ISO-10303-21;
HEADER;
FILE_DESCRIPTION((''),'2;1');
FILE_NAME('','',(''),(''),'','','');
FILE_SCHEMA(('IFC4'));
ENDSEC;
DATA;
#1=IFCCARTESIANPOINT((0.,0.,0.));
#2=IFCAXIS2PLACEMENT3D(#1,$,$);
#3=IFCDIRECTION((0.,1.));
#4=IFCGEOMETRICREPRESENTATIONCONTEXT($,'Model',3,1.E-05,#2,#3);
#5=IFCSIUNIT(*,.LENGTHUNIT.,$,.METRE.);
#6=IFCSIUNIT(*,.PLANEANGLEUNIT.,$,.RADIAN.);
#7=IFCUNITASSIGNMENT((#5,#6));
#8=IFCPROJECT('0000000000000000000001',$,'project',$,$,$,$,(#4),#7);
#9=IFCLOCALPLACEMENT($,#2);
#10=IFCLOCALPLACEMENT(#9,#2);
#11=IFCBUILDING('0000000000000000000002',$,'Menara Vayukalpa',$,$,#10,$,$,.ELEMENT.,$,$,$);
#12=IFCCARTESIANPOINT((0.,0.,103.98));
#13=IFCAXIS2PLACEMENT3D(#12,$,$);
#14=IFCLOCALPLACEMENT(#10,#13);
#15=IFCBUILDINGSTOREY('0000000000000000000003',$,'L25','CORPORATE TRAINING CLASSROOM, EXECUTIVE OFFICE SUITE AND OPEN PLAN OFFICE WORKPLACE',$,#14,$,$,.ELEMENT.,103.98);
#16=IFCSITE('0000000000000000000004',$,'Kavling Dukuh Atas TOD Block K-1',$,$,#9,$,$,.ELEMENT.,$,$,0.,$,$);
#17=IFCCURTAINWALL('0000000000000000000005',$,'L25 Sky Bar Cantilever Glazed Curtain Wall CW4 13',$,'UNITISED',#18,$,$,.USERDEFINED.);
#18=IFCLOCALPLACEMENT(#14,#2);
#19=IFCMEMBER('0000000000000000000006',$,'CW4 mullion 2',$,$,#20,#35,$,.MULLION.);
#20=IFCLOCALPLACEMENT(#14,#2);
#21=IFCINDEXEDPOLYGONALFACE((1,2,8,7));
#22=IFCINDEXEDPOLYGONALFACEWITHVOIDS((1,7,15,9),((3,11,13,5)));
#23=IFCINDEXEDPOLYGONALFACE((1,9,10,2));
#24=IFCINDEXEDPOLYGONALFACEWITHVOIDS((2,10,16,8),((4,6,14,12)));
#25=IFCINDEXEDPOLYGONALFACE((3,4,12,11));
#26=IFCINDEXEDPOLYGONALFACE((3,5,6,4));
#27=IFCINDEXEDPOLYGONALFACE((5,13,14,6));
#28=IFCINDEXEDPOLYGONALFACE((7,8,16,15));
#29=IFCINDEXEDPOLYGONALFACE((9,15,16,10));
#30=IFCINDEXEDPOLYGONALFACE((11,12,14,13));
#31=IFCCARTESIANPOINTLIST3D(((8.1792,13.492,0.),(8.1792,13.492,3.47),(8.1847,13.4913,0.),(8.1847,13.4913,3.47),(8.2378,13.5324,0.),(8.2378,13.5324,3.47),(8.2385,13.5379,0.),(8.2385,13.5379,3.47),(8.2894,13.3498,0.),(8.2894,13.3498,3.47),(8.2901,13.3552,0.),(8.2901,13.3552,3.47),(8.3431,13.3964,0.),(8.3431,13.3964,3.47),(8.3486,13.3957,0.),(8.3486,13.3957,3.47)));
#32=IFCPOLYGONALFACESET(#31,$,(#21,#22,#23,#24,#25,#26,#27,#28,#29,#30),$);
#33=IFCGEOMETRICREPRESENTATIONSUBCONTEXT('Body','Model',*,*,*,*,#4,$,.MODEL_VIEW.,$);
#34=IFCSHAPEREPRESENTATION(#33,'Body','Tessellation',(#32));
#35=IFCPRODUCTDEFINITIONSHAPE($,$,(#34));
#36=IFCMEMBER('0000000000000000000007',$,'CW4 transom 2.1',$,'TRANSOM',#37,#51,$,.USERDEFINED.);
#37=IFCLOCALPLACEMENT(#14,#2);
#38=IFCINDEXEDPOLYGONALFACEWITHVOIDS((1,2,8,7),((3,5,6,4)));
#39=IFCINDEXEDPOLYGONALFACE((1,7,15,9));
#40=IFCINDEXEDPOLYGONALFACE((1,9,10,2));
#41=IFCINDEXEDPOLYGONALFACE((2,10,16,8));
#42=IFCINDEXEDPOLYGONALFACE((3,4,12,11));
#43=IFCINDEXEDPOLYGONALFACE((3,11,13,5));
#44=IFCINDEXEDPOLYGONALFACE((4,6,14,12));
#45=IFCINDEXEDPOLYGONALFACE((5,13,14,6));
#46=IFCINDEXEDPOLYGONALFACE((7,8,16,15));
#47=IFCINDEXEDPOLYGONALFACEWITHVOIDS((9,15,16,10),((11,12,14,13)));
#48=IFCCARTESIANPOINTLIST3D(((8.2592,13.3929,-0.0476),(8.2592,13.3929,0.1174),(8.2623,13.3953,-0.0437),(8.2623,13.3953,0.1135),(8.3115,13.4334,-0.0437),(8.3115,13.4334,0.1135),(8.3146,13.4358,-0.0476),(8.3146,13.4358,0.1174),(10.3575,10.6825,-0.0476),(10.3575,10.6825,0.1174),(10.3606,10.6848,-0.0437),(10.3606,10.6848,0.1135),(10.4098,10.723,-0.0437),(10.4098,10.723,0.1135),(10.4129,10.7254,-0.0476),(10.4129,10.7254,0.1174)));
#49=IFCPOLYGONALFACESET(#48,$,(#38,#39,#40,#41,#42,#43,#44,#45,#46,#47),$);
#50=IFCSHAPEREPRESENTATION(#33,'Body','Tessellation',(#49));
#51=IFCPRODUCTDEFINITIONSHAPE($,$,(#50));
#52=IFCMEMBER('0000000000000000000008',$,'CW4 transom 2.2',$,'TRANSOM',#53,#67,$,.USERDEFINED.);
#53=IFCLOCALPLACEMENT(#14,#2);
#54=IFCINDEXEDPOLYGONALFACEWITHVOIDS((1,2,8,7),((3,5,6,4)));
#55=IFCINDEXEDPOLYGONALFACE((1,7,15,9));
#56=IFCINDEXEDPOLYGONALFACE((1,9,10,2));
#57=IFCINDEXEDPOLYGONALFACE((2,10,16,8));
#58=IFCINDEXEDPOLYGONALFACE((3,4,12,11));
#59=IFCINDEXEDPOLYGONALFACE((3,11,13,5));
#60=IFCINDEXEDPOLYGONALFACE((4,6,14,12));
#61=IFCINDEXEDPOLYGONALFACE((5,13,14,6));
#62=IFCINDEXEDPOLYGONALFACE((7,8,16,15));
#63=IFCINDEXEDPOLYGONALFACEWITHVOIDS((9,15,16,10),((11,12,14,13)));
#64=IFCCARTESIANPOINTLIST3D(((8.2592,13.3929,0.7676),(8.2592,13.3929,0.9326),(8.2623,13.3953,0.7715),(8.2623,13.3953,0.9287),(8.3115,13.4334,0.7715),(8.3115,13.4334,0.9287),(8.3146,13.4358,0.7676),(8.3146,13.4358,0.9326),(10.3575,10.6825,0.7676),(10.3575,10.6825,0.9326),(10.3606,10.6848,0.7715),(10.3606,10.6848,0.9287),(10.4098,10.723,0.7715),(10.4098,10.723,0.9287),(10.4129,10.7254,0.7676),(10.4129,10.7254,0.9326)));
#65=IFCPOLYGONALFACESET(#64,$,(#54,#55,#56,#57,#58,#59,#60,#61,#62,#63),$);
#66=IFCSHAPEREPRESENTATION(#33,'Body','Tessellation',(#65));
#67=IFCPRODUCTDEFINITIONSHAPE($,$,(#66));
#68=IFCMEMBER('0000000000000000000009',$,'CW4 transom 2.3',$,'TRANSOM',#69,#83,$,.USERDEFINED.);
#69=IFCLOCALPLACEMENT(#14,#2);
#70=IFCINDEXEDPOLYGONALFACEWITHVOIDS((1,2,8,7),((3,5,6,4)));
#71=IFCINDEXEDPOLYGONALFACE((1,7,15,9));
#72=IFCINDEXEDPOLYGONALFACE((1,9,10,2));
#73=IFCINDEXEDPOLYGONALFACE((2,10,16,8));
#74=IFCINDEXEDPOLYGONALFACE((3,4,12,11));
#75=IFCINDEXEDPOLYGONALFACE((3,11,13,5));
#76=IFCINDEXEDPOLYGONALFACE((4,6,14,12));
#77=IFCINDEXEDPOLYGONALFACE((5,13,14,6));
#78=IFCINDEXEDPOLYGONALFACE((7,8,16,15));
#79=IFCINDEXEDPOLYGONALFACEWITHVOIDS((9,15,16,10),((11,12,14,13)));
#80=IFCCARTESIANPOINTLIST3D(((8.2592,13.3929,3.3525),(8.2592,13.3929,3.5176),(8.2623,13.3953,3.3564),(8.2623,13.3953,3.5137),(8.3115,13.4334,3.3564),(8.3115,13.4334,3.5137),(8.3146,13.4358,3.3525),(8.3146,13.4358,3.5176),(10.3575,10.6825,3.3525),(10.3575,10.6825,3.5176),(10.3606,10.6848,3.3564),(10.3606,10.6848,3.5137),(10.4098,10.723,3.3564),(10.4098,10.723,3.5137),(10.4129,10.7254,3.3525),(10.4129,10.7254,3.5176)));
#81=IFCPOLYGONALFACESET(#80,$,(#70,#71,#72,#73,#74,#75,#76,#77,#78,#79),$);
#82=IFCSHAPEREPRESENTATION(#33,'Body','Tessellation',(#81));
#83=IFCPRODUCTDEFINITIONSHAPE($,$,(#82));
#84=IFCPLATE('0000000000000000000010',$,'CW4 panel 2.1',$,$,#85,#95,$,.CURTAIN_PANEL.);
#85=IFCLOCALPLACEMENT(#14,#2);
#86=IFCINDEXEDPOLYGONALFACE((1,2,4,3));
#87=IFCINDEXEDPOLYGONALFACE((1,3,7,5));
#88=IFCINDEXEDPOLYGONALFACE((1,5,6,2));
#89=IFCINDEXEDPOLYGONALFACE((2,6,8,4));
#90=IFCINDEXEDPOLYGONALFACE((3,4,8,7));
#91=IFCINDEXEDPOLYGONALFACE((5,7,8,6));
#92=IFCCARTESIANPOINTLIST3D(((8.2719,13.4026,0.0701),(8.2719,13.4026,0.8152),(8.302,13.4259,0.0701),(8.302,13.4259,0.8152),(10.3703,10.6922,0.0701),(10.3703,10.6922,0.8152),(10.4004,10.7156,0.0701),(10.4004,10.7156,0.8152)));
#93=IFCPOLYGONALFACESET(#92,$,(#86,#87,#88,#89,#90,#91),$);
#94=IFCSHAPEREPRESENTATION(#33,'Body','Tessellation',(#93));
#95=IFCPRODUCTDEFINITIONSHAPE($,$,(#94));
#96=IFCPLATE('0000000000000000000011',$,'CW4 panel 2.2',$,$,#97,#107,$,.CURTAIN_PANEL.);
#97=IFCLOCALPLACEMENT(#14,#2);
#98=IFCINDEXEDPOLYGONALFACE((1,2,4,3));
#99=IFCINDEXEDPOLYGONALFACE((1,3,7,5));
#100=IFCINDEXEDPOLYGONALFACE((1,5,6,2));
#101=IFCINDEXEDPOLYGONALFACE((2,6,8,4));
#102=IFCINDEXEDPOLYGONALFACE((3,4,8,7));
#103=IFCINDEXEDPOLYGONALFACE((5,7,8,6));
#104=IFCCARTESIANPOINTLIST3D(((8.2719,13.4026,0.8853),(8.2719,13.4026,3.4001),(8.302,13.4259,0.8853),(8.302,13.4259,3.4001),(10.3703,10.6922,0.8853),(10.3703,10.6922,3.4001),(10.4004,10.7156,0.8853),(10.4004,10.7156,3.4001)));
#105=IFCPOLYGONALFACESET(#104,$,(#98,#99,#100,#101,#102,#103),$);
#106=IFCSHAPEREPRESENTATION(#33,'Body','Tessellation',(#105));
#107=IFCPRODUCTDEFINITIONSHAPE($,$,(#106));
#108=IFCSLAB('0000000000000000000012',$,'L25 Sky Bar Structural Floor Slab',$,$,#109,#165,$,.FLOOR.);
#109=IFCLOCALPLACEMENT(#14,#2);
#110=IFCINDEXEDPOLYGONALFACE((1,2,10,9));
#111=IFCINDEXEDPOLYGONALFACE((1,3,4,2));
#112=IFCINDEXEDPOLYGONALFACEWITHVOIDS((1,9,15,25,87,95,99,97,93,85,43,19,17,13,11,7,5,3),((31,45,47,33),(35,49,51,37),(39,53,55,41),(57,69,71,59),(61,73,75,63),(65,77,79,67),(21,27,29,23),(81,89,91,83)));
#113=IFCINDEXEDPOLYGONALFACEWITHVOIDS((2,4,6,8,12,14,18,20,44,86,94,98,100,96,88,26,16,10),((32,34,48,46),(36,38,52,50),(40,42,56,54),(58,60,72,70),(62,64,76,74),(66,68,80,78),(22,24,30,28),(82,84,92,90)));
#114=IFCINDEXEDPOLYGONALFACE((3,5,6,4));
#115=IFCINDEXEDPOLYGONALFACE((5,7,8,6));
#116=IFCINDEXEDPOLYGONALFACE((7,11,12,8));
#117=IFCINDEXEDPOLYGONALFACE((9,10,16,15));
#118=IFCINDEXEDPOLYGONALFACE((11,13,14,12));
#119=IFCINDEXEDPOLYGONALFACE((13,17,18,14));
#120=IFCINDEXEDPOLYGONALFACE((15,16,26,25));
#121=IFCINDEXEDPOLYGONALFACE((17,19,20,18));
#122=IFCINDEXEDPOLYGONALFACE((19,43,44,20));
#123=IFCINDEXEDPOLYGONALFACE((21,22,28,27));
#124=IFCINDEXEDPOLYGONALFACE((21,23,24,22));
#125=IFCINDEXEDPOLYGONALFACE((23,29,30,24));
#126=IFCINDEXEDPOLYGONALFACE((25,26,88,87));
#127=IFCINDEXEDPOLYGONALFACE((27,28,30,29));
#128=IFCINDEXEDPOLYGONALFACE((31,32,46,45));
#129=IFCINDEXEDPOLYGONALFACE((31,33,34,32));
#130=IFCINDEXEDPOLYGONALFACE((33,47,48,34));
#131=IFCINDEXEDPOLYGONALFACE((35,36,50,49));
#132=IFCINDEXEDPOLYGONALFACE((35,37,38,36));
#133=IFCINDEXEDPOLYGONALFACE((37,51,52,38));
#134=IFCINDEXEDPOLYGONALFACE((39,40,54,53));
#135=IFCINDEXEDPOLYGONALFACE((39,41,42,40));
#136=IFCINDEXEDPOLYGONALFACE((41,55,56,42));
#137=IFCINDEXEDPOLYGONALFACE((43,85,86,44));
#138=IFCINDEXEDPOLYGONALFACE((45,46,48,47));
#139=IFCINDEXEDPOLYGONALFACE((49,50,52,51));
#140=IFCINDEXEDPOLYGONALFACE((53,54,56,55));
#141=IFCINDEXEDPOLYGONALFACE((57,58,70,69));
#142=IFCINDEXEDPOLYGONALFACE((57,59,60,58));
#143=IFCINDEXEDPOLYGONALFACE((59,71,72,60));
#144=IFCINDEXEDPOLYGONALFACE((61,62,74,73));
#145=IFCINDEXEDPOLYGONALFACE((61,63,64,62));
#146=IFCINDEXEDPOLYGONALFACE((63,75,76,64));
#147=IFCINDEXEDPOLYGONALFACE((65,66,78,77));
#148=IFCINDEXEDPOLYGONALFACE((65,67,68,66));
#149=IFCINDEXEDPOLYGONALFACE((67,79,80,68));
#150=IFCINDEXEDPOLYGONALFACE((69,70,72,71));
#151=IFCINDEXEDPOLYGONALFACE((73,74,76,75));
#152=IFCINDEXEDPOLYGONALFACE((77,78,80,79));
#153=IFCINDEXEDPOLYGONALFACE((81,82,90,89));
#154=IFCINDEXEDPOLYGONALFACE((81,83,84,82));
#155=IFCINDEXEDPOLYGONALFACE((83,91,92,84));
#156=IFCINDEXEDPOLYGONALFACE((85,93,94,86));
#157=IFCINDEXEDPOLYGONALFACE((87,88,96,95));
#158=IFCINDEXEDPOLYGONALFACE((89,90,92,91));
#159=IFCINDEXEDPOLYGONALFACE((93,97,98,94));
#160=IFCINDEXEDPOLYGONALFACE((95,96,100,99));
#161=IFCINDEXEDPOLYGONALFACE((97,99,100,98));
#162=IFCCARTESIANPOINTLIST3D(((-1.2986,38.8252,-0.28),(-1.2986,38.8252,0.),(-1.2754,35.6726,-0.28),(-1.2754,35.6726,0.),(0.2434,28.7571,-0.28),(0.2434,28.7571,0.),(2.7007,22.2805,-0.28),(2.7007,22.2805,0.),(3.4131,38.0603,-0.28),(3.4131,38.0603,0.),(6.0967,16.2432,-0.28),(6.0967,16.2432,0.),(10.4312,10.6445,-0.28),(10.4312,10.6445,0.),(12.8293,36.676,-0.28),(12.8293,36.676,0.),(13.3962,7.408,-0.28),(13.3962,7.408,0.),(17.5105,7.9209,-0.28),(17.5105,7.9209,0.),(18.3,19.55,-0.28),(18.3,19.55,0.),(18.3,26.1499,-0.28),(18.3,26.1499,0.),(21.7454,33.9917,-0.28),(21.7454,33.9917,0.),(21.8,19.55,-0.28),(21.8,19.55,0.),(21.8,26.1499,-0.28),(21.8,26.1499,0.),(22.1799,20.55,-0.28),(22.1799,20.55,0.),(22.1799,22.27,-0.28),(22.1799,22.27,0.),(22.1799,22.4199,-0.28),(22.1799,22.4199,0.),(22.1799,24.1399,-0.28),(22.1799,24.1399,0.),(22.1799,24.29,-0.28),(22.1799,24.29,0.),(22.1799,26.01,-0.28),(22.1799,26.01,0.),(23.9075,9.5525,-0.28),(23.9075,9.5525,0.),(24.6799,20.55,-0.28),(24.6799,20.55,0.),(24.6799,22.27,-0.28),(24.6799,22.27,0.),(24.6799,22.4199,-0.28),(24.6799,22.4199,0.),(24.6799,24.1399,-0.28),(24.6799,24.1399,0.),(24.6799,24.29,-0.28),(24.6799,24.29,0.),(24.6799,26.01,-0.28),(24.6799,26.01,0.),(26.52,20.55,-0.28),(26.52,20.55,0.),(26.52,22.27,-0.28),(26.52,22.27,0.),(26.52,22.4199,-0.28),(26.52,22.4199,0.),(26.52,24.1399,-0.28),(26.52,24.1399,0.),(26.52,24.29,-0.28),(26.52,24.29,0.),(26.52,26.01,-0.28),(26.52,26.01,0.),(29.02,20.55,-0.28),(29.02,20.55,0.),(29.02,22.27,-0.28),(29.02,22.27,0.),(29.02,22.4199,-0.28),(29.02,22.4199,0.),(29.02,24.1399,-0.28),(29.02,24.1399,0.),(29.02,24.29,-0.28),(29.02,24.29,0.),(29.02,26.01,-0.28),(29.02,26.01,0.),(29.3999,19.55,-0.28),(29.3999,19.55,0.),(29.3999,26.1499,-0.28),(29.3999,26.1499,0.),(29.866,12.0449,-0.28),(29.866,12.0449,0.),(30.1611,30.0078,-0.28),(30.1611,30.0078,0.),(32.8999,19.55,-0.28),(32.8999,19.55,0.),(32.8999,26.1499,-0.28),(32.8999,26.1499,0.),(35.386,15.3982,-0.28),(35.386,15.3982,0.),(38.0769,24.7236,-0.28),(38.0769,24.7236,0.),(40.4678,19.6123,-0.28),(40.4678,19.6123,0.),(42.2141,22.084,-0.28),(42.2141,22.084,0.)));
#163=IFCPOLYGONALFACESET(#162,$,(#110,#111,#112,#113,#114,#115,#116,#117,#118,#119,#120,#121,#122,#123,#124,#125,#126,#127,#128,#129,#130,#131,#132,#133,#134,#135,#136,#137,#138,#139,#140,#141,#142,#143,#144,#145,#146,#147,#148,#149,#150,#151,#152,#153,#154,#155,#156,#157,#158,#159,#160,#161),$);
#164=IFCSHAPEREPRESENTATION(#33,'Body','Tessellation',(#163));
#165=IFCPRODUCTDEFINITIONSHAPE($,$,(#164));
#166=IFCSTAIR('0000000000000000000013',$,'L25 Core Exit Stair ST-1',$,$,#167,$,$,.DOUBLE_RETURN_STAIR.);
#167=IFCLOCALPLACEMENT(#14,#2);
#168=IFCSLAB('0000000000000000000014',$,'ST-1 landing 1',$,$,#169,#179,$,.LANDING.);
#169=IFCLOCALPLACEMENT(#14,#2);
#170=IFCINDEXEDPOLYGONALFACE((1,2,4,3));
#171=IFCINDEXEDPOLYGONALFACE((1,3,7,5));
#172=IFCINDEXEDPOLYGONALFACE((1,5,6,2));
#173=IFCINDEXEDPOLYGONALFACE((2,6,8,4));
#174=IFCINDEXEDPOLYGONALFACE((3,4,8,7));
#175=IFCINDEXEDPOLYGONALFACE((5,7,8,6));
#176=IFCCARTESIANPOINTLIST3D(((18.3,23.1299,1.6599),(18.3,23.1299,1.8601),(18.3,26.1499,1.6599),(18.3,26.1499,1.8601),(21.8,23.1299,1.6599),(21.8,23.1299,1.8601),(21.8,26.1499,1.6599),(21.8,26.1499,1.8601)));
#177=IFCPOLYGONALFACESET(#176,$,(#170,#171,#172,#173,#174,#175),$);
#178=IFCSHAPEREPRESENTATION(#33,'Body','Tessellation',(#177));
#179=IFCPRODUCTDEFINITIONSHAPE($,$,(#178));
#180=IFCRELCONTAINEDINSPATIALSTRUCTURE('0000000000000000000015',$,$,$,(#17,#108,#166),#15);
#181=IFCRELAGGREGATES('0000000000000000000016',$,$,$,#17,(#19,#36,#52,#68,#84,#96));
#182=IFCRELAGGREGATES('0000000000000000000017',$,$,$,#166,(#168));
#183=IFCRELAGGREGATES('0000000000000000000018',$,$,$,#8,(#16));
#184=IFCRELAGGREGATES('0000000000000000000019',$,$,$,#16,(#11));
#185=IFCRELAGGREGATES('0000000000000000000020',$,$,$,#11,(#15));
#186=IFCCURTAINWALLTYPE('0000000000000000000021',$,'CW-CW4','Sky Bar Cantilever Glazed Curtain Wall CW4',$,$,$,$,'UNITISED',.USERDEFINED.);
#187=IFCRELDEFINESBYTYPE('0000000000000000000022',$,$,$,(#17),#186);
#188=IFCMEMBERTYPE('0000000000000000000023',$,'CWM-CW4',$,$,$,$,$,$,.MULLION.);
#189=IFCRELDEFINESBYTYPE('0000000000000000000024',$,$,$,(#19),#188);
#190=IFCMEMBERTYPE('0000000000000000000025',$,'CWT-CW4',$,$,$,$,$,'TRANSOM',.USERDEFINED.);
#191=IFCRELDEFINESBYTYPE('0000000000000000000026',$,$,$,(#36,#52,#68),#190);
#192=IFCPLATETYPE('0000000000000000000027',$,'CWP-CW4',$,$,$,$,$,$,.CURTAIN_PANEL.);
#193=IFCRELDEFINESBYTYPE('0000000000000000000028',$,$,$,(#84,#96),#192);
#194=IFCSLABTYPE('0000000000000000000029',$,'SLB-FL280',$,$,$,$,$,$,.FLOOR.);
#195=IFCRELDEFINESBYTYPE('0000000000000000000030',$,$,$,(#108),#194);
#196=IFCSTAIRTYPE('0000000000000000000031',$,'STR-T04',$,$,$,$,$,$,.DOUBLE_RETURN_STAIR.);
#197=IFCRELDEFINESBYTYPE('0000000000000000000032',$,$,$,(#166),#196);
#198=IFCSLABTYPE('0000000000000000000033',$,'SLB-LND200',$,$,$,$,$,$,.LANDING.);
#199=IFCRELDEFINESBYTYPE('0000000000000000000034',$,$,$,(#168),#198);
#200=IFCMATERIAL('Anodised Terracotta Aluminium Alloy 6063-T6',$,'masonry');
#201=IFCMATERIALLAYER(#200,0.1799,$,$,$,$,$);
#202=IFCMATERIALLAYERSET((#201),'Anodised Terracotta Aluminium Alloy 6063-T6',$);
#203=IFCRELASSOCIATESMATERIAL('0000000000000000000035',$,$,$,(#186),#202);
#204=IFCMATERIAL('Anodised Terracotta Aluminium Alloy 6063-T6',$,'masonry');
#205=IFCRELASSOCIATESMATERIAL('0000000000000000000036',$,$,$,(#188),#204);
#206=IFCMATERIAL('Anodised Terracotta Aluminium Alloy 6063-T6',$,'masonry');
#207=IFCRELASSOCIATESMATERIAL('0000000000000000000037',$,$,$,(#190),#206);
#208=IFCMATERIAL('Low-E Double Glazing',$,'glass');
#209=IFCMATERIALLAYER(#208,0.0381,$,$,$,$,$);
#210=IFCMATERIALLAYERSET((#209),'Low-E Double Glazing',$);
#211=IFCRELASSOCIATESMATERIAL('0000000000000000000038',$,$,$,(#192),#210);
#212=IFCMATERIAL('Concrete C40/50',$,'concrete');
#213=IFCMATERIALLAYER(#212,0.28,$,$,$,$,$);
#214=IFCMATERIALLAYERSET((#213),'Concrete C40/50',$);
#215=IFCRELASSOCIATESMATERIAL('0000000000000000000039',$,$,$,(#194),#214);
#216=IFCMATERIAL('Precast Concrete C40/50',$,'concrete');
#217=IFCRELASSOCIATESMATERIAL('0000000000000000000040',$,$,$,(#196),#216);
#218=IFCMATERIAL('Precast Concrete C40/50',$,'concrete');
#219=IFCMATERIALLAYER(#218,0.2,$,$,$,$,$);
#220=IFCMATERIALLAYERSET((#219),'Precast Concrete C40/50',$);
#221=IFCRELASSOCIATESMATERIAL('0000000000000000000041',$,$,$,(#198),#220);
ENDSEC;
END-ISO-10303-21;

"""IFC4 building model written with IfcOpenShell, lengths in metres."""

from ifc_helpers import new_model, si_unit, direction, frame, origin, origin_2d, place, context, subcontext, project, spatial, polyline, rectangle, hollow_rectangle, outline, extrude, material, layer, layer_set, material_profile, profile_set, type_object, element, aggregate, save


model = new_model("IFC4")

# Units and contexts
model_context = context("Model", 3, precision=1e-05, world=origin(), true_north=direction((0.0, 1.0)))
body_context = subcontext(model_context, "Body", "Model", "MODEL_VIEW")
ifc_project = project(units=[si_unit("LENGTHUNIT", "METRE"), si_unit("PLANEANGLEUNIT", "RADIAN")], contexts=[model_context])

# Site, building, storey
site_placement = place(None, origin())
site = spatial("IfcSite", under=ifc_project, at=site_placement, Name="Kavling Dukuh Atas TOD Block K-1", CompositionType="ELEMENT", RefElevation=0.0)
building_placement = place(site_placement, origin())
building = spatial("IfcBuilding", under=site, at=building_placement, Name="Menara Vayukalpa", CompositionType="ELEMENT")
storey_placement = place(building_placement, frame((0.0, 0.0, 103.98)))
storey = spatial("IfcBuildingStorey", under=building, at=storey_placement, Name="L25", Description="CORPORATE TRAINING CLASSROOM, EXECUTIVE OFFICE SUITE AND OPEN PLAN OFFICE WORKPLACE", CompositionType="ELEMENT", Elevation=103.98)

# Curtain wall, members, plates
ifc_material_1 = material(Name="Anodised Terracotta Aluminium Alloy 6063-T6", Category="masonry")
ifc_layer_1 = layer(ifc_material_1, 0.1799)
ifc_layer_set_1 = layer_set([ifc_layer_1], Name="Anodised Terracotta Aluminium Alloy 6063-T6")
curtain_wall_type = type_object("IfcCurtainWallType", Name="CW-CW4", Description="Sky Bar Cantilever Glazed Curtain Wall CW4", ElementType="UNITISED", PredefinedType="USERDEFINED", material=ifc_layer_set_1)
curtain_wall_placement = place(storey_placement, origin())
curtain_wall = element("IfcCurtainWall", 1, at=curtain_wall_placement, inside=storey, type_object=curtain_wall_type, Name="L25 Sky Bar Cantilever Glazed Curtain Wall CW4 13", ObjectType="UNITISED", PredefinedType="USERDEFINED")
ifc_material_2 = material(Name="Anodised Terracotta Aluminium Alloy 6063-T6", Category="masonry")
ifc_material_profile_1 = material_profile(ifc_material_2, hollow_rectangle(XDim=0.075, YDim=0.1799, WallThickness=0.0039, at=origin_2d()), Name="ALU 75x180x4")
ifc_profile_set_1 = profile_set([ifc_material_profile_1], Name="Anodised Terracotta Aluminium Alloy 6063-T6")
member_type_1 = type_object("IfcMemberType", Name="CWM-CW4", PredefinedType="MULLION", material=ifc_profile_set_1)
member_1_placement = place(storey_placement, frame((8.2639, 13.4438, 0.0), z_axis=(0.0, 0.0, 1.0), x_axis=(0.790712, 0.612189, 0.0)))
member_1 = element("IfcMember", 2, at=member_1_placement, type_object=member_type_1, Name="CW4 mullion 2", PredefinedType="MULLION", context=body_context, shape_type="SweptSolid", body=[
    extrude(hollow_rectangle(XDim=0.075, YDim=0.1799, WallThickness=0.0039, at=origin_2d()), origin(), (0.0, 0.0, 1.0), 3.47),
])
ifc_material_3 = material(Name="Anodised Terracotta Aluminium Alloy 6063-T6", Category="masonry")
ifc_material_profile_2 = material_profile(ifc_material_3, hollow_rectangle(XDim=0.0701, YDim=0.165, WallThickness=0.0039, at=origin_2d()), Name="ALU 70x165x4")
ifc_profile_set_2 = profile_set([ifc_material_profile_2], Name="Anodised Terracotta Aluminium Alloy 6063-T6")
member_type_2 = type_object("IfcMemberType", Name="CWT-CW4", ElementType="TRANSOM", PredefinedType="USERDEFINED", material=ifc_profile_set_2)
member_2_placement = place(storey_placement, frame((8.2869, 13.4143, 0.0349), z_axis=(0.612169, -0.790727, 0.0), x_axis=(0.790727, 0.612169, 0.0)))
member_2 = element("IfcMember", 3, at=member_2_placement, type_object=member_type_2, Name="CW4 transom 2.1", ObjectType="TRANSOM", PredefinedType="USERDEFINED", context=body_context, shape_type="SweptSolid", body=[
    extrude(hollow_rectangle(XDim=0.0701, YDim=0.165, WallThickness=0.0039, at=origin_2d()), origin(), (0.0, 0.0, 1.0), 3.4277),
])
member_3_placement = place(storey_placement, frame((8.2869, 13.4143, 0.8501), z_axis=(0.612169, -0.790727, 0.0), x_axis=(0.790727, 0.612169, 0.0)))
member_3 = element("IfcMember", 4, at=member_3_placement, type_object=member_type_2, Name="CW4 transom 2.2", ObjectType="TRANSOM", PredefinedType="USERDEFINED", context=body_context, shape_type="SweptSolid", body=[
    extrude(hollow_rectangle(XDim=0.0701, YDim=0.165, WallThickness=0.0039, at=origin_2d()), origin(), (0.0, 0.0, 1.0), 3.4277),
])
member_4_placement = place(storey_placement, frame((8.2869, 13.4143, 3.4351), z_axis=(0.612169, -0.790727, 0.0), x_axis=(0.790727, 0.612169, 0.0)))
member_4 = element("IfcMember", 5, at=member_4_placement, type_object=member_type_2, Name="CW4 transom 2.3", ObjectType="TRANSOM", PredefinedType="USERDEFINED", context=body_context, shape_type="SweptSolid", body=[
    extrude(hollow_rectangle(XDim=0.0701, YDim=0.165, WallThickness=0.0039, at=origin_2d()), origin(), (0.0, 0.0, 1.0), 3.4277),
])
ifc_material_4 = material(Name="Low-E Double Glazing", Category="glass")
ifc_layer_2 = layer(ifc_material_4, 0.0381)
ifc_layer_set_2 = layer_set([ifc_layer_2], Name="Low-E Double Glazing")
plate_type = type_object("IfcPlateType", Name="CWP-CW4", PredefinedType="CURTAIN_PANEL", material=ifc_layer_set_2)
plate_1_placement = place(storey_placement, frame((9.3362, 12.0591, 0.0701), z_axis=(0.0, 0.0, 1.0), x_axis=(0.612189, -0.790712, 0.0)))
plate_1 = element("IfcPlate", 6, at=plate_1_placement, type_object=plate_type, Name="CW4 panel 2.1", PredefinedType="CURTAIN_PANEL", context=body_context, shape_type="SweptSolid", body=[
    extrude(rectangle(XDim=3.4277, YDim=0.0381, at=origin_2d()), origin(), (0.0, 0.0, 1.0), 0.7451),
])
plate_2_placement = place(storey_placement, frame((9.3362, 12.0591, 0.8853), z_axis=(0.0, 0.0, 1.0), x_axis=(0.612189, -0.790712, 0.0)))
plate_2 = element("IfcPlate", 7, at=plate_2_placement, type_object=plate_type, Name="CW4 panel 2.2", PredefinedType="CURTAIN_PANEL", context=body_context, shape_type="SweptSolid", body=[
    extrude(rectangle(XDim=3.4277, YDim=0.0381, at=origin_2d()), origin(), (0.0, 0.0, 1.0), 2.5149),
])
aggregate(curtain_wall, [member_1, member_2, member_3, member_4, plate_1, plate_2])

# Slab
ifc_material_5 = material(Name="Concrete C40/50", Category="concrete")
ifc_layer_3 = layer(ifc_material_5, 0.28)
ifc_layer_set_3 = layer_set([ifc_layer_3], Name="Concrete C40/50")
slab_type_1 = type_object("IfcSlabType", Name="SLB-FL280", PredefinedType="FLOOR", material=ifc_layer_set_3)
slab_1_placement = place(storey_placement, frame((0.0, 0.0, -0.28)))
element("IfcSlab", 8, at=slab_1_placement, inside=storey, type_object=slab_type_1, Name="L25 Sky Bar Structural Floor Slab", PredefinedType="FLOOR", context=body_context, shape_type="SweptSolid", body=[
    extrude(outline(polyline([(40.4678, 19.6123), (42.2141, 22.084), (38.0769, 24.7236), (30.1611, 30.0078), (21.7454, 33.9917), (12.8293, 36.676), (3.4131, 38.0603), (-1.2986, 38.8252), (-1.2754, 35.6726), (0.2434, 28.7571), (2.7007, 22.2805), (6.0967, 16.2432), (10.4312, 10.6445), (13.3962, 7.408), (17.5105, 7.9209), (23.9075, 9.5525), (29.866, 12.0449), (35.386, 15.3982), (40.4678, 19.6123)]), holes=[polyline([(21.8, 19.55), (21.8, 26.1499), (18.3, 26.1499), (18.3, 19.55), (21.8, 19.55)]), polyline([(32.8999, 19.55), (32.8999, 26.1499), (29.3999, 26.1499), (29.3999, 19.55), (32.8999, 19.55)]), polyline([(22.1799, 20.55), (24.6799, 20.55), (24.6799, 22.27), (22.1799, 22.27), (22.1799, 20.55)]), polyline([(26.52, 20.55), (29.02, 20.55), (29.02, 22.27), (26.52, 22.27), (26.52, 20.55)]), polyline([(22.1799, 22.4199), (24.6799, 22.4199), (24.6799, 24.1399), (22.1799, 24.1399), (22.1799, 22.4199)]), polyline([(22.1799, 24.29), (24.6799, 24.29), (24.6799, 26.01), (22.1799, 26.01), (22.1799, 24.29)]), polyline([(26.52, 24.29), (29.02, 24.29), (29.02, 26.01), (26.52, 26.01), (26.52, 24.29)]), polyline([(26.52, 22.4199), (29.02, 22.4199), (29.02, 24.1399), (26.52, 24.1399), (26.52, 22.4199)])]), origin(), (0.0, 0.0, 1.0), 0.28),
])

# Stair, slab
ifc_material_6 = material(Name="Precast Concrete C40/50", Category="concrete")
stair_type = type_object("IfcStairType", Name="STR-T04", PredefinedType="DOUBLE_RETURN_STAIR", material=ifc_material_6)
stair_1_placement = place(storey_placement, origin())
stair_1 = element("IfcStair", 9, at=stair_1_placement, inside=storey, type_object=stair_type, Name="L25 Core Exit Stair ST-1", PredefinedType="DOUBLE_RETURN_STAIR")
ifc_material_7 = material(Name="Precast Concrete C40/50", Category="concrete")
ifc_layer_4 = layer(ifc_material_7, 0.2)
ifc_layer_set_4 = layer_set([ifc_layer_4], Name="Precast Concrete C40/50")
slab_type_2 = type_object("IfcSlabType", Name="SLB-LND200", PredefinedType="LANDING", material=ifc_layer_set_4)
slab_2_placement = place(storey_placement, frame((0.0, 0.0, 1.6599)))
slab_2 = element("IfcSlab", 10, at=slab_2_placement, type_object=slab_type_2, Name="ST-1 landing 1", PredefinedType="LANDING", context=body_context, shape_type="SweptSolid", body=[
    extrude(outline(polyline([(21.8, 23.1299), (21.8, 26.1499), (18.3, 26.1499), (18.3, 23.1299), (21.8, 23.1299)])), origin(), (0.0, 0.0, 1.0), 0.2002),
])
aggregate(stair_1, [slab_2])

save(model, "model.ifc")
